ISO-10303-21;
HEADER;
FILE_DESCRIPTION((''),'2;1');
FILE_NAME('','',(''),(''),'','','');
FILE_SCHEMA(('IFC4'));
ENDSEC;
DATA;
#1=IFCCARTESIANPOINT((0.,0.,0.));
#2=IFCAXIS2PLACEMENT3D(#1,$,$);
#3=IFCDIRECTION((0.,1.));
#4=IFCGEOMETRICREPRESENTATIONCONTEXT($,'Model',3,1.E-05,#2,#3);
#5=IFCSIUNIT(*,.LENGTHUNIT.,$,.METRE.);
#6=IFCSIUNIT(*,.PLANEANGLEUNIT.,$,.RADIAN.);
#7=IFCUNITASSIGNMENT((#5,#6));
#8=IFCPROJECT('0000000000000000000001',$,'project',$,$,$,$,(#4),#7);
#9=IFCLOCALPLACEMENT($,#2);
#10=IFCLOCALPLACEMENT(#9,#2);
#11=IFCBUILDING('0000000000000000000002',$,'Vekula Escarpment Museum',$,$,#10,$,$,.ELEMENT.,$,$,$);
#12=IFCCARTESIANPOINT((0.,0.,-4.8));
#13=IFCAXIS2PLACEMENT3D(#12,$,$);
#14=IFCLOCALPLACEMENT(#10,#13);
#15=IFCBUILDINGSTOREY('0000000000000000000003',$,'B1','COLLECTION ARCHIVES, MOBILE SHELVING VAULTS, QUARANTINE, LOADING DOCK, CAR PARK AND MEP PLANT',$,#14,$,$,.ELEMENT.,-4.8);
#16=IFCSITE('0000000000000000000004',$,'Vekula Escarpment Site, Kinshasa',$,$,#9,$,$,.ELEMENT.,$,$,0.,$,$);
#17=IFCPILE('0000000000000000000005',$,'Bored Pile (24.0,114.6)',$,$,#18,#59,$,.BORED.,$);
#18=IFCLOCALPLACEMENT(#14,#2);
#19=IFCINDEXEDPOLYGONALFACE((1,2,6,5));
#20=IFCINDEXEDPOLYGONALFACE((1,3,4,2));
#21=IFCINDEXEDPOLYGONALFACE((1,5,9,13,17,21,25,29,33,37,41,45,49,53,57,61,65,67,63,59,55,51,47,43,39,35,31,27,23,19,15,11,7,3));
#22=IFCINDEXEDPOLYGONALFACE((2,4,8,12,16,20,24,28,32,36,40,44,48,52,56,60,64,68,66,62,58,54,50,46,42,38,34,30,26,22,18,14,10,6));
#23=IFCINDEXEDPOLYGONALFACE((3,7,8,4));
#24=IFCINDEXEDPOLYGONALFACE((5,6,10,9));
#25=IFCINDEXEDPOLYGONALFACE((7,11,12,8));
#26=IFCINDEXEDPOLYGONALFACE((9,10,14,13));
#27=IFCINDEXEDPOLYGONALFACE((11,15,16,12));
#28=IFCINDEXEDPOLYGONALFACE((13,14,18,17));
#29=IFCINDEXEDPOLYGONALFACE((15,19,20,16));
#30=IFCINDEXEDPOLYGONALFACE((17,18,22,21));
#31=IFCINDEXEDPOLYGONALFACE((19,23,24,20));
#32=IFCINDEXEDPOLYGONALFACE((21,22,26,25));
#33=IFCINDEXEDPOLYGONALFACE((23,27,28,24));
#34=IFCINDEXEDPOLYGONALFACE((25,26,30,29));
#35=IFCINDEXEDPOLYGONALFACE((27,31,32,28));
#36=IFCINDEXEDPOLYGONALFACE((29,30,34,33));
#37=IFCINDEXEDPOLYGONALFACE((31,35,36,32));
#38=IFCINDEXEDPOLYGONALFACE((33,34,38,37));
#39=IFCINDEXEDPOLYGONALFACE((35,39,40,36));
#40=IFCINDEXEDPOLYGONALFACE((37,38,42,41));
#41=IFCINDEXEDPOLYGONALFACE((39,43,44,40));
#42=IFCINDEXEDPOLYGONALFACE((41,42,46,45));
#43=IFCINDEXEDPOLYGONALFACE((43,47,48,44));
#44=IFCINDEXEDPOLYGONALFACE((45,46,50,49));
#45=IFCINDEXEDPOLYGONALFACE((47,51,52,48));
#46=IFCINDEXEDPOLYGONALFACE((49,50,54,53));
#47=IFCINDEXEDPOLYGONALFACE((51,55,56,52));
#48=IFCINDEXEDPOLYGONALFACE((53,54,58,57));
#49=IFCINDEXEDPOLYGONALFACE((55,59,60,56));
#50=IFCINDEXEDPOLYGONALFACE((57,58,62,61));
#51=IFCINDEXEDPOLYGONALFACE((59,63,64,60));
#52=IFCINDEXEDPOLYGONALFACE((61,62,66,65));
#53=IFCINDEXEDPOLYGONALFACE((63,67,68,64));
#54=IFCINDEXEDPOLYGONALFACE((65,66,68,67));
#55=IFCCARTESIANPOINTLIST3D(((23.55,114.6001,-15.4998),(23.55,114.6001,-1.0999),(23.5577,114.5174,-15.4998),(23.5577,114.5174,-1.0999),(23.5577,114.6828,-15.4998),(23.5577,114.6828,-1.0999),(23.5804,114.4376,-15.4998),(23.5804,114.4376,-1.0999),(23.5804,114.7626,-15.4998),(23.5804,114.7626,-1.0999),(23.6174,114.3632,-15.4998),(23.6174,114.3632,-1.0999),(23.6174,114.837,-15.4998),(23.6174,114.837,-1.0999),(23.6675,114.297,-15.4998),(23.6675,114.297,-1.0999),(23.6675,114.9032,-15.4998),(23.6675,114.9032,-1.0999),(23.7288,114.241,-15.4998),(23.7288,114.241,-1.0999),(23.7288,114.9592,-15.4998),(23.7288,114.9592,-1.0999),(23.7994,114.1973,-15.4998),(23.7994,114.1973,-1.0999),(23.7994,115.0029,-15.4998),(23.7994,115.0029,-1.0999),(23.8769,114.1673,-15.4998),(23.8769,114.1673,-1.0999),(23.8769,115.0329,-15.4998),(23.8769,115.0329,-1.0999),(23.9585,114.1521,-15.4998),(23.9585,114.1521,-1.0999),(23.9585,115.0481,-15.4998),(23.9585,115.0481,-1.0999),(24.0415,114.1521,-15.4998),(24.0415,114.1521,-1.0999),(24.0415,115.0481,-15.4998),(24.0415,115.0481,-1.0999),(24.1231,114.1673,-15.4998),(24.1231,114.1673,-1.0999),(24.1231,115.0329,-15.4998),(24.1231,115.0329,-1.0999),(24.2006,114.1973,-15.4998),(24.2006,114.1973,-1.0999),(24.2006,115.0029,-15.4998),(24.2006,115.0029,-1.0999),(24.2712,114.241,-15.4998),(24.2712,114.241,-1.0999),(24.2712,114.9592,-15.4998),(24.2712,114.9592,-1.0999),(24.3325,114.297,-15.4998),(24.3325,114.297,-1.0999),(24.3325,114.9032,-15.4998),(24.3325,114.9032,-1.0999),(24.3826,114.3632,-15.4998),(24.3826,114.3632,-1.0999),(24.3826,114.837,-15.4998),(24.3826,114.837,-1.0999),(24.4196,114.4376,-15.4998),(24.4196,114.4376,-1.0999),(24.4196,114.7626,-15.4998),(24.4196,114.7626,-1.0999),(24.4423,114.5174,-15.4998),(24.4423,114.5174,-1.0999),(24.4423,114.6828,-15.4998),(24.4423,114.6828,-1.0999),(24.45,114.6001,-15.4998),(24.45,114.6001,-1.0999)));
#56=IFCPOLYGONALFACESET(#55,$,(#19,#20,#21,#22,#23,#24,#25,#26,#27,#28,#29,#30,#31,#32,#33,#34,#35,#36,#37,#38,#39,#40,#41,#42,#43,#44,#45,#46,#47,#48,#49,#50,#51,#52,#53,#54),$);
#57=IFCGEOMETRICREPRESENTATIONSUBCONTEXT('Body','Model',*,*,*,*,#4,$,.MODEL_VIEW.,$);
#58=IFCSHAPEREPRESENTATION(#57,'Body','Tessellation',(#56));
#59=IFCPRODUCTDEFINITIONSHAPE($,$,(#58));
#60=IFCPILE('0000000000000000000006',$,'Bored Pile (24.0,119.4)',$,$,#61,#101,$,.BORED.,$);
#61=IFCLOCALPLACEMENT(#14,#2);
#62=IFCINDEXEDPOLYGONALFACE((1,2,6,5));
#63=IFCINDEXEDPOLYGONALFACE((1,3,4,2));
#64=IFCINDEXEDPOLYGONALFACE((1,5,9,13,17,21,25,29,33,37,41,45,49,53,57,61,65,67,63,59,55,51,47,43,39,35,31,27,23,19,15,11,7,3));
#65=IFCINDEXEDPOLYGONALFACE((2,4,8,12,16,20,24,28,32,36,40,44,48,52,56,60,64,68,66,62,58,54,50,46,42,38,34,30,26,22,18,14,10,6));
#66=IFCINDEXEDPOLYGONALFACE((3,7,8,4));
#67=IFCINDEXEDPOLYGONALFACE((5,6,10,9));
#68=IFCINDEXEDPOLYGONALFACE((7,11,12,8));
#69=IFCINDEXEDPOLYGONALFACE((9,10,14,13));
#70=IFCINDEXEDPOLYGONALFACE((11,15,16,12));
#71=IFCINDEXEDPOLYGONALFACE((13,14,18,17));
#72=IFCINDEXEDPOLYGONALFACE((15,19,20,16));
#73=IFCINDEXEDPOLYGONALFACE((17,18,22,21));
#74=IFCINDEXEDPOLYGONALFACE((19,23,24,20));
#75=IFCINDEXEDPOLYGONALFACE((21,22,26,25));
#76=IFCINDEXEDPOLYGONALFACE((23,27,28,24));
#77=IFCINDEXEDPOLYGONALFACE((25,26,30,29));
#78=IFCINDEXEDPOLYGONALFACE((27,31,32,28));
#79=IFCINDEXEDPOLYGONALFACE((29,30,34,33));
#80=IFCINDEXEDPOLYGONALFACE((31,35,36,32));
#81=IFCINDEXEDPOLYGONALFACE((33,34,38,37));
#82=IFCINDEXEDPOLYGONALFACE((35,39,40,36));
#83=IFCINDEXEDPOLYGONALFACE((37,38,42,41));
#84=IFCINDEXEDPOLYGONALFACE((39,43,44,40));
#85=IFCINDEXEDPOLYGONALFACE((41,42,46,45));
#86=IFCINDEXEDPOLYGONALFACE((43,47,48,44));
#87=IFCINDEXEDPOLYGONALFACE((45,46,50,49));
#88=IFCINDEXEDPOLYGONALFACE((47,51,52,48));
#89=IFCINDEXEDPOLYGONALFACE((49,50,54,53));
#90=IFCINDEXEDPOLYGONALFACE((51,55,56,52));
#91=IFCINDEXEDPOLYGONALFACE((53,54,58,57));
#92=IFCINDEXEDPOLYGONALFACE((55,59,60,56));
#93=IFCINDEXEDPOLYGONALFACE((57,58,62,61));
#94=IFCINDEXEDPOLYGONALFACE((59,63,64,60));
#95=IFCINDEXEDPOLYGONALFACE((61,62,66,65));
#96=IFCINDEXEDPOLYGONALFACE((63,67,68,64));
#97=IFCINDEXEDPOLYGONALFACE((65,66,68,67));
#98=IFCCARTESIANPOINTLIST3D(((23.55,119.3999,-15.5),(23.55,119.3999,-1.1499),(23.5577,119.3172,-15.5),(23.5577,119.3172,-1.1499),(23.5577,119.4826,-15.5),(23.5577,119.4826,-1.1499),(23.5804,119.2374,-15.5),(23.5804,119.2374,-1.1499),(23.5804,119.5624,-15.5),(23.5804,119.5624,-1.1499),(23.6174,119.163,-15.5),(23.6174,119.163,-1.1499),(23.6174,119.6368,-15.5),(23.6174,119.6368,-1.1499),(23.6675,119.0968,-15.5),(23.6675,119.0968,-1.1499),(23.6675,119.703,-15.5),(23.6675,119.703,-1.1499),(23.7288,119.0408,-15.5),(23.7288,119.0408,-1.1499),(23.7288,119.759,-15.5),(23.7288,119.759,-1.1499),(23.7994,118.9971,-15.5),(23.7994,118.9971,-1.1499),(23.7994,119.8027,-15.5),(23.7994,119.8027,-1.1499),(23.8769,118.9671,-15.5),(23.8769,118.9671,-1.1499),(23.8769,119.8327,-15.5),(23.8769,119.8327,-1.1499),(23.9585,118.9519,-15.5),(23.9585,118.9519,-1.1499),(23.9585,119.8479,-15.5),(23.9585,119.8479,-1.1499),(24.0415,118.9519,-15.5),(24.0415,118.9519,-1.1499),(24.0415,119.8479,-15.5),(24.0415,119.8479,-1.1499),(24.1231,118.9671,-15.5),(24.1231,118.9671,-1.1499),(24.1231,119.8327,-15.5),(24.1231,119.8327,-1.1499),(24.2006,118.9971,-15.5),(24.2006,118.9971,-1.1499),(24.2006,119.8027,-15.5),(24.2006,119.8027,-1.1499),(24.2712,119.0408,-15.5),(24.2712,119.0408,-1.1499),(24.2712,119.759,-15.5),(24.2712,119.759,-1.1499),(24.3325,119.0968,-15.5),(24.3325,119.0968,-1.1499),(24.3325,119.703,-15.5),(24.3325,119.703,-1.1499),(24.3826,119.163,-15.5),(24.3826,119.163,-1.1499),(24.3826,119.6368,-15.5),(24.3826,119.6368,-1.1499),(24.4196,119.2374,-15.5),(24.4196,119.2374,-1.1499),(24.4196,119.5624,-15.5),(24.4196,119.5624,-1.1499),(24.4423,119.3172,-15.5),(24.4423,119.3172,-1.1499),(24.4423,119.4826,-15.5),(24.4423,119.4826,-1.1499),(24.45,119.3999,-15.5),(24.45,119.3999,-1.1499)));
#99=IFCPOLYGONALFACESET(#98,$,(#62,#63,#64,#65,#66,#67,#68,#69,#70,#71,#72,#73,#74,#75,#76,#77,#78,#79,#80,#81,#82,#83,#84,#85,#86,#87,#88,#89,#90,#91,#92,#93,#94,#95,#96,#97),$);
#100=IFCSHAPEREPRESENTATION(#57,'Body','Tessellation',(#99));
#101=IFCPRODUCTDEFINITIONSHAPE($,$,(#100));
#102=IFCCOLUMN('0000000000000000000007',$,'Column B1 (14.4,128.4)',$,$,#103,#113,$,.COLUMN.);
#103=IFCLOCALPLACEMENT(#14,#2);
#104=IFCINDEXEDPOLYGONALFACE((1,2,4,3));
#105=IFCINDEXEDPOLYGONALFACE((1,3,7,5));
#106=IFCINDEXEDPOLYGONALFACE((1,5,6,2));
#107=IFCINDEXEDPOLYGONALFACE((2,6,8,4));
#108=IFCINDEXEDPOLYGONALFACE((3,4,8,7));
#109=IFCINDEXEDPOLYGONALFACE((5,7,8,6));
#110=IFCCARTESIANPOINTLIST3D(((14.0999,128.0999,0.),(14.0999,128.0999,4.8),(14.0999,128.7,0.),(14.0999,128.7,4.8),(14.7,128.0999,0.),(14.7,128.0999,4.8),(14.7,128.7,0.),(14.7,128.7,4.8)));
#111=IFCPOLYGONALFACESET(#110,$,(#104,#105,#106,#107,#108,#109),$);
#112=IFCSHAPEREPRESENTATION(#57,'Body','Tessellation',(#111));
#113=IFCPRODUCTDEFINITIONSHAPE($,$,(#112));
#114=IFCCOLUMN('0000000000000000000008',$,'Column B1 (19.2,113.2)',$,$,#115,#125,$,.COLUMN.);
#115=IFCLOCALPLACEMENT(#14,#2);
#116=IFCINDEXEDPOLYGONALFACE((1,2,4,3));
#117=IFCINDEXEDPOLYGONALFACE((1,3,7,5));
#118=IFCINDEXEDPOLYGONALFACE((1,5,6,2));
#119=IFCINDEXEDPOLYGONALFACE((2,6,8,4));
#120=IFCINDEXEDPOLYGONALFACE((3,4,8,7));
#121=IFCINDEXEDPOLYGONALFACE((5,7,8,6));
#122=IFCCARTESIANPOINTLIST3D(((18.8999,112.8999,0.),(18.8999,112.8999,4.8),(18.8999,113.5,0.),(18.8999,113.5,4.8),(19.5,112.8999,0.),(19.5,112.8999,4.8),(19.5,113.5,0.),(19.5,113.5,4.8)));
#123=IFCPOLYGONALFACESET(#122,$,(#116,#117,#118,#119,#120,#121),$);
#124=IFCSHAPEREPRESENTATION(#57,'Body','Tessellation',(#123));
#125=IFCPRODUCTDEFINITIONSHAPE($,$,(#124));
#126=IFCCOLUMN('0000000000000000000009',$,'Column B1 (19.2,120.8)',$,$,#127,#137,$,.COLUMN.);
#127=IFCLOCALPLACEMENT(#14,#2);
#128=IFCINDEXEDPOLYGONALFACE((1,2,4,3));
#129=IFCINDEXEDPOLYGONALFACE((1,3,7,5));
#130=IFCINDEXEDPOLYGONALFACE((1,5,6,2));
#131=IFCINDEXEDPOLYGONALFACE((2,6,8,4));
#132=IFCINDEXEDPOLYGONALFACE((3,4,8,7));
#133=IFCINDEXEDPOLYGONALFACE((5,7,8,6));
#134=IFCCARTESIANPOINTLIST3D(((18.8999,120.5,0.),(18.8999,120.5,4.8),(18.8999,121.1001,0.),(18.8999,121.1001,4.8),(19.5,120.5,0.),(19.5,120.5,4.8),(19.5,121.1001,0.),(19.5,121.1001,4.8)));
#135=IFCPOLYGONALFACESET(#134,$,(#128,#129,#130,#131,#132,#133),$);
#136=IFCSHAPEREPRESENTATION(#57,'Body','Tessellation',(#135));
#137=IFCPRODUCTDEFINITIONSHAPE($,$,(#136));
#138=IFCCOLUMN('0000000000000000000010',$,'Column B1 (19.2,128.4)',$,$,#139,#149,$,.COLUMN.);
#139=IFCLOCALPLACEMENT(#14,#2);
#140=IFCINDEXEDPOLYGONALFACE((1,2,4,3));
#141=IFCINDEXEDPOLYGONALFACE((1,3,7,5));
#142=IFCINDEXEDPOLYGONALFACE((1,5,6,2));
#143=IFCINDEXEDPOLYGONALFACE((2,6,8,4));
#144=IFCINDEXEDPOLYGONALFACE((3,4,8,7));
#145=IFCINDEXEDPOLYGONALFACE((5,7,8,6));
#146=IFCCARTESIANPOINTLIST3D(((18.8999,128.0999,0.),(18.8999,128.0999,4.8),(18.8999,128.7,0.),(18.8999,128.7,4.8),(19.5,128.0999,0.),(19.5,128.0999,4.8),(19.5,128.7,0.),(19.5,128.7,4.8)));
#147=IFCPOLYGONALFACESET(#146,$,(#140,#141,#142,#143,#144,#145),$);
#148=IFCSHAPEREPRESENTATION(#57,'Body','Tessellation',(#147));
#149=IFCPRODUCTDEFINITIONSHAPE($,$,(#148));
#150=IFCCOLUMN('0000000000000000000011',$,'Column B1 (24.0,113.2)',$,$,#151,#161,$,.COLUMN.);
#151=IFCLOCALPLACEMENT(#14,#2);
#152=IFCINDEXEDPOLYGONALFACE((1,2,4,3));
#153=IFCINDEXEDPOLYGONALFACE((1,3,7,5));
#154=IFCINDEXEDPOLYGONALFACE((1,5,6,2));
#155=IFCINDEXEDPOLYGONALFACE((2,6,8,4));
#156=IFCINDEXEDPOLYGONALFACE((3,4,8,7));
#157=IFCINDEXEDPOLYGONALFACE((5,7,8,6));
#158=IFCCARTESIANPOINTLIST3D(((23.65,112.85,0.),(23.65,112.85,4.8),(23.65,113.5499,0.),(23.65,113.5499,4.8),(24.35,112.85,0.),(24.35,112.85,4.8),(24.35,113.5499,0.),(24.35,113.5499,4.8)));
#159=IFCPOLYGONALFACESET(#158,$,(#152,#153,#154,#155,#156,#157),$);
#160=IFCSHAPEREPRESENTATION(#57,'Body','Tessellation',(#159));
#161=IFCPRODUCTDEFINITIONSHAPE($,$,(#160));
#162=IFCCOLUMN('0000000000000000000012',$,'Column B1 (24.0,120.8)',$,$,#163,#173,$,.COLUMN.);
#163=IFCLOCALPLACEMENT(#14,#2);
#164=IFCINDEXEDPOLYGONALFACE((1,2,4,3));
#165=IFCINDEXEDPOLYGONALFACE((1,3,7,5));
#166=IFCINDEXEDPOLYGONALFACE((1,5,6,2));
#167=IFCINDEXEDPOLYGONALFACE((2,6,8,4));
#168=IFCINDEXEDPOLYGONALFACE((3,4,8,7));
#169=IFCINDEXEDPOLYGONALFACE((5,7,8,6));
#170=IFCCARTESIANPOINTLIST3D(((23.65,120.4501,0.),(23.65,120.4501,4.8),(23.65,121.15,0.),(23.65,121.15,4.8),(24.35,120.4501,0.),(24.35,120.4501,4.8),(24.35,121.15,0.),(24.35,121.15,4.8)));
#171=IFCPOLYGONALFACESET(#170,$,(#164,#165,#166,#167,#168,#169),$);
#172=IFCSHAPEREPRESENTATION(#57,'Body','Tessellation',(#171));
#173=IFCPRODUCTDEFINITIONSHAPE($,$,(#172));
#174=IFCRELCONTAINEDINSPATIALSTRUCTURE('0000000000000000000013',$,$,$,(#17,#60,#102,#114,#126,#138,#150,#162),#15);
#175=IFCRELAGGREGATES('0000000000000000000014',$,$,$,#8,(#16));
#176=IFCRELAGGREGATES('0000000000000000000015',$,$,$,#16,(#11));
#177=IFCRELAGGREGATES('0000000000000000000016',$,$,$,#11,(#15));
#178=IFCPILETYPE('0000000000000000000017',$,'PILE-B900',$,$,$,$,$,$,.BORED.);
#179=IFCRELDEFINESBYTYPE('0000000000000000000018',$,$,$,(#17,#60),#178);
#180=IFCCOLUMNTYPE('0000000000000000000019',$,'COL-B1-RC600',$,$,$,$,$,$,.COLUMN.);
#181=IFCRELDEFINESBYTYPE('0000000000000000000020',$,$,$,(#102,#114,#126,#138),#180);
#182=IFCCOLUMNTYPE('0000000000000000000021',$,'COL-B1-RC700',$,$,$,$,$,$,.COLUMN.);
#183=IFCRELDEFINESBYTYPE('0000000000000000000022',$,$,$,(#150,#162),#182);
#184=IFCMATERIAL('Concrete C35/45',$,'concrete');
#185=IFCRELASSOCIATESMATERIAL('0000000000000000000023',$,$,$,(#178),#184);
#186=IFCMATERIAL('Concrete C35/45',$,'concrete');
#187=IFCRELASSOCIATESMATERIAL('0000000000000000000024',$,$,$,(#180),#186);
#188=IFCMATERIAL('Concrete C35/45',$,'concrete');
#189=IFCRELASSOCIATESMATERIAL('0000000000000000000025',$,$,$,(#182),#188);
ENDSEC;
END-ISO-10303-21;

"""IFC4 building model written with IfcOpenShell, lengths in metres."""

from ifc_helpers import new_model, si_unit, direction, frame, origin, origin_2d, place, context, subcontext, project, spatial, rectangle, circle, extrude, material, material_profile, profile_set, type_object, element, save


model = new_model("IFC4")

# Units and contexts
model_context = context("Model", 3, precision=1e-05, world=origin(), true_north=direction((0.0, 1.0)))
body_context = subcontext(model_context, "Body", "Model", "MODEL_VIEW")
ifc_project = project(units=[si_unit("LENGTHUNIT", "METRE"), si_unit("PLANEANGLEUNIT", "RADIAN")], contexts=[model_context])

# Site, building, storey
site_placement = place(None, origin())
site = spatial("IfcSite", under=ifc_project, at=site_placement, Name="Vekula Escarpment Site, Kinshasa", CompositionType="ELEMENT", RefElevation=0.0)
building_placement = place(site_placement, origin())
building = spatial("IfcBuilding", under=site, at=building_placement, Name="Vekula Escarpment Museum", CompositionType="ELEMENT")
storey_placement = place(building_placement, frame((0.0, 0.0, -4.8)))
storey = spatial("IfcBuildingStorey", under=building, at=storey_placement, Name="B1", Description="COLLECTION ARCHIVES, MOBILE SHELVING VAULTS, QUARANTINE, LOADING DOCK, CAR PARK AND MEP PLANT", CompositionType="ELEMENT", Elevation=-4.8)

# Piles
ifc_material_1 = material(Name="Concrete C35/45", Category="concrete")
ifc_material_profile_1 = material_profile(ifc_material_1, circle(Radius=0.45, at=origin_2d()), Name="BORED PILE 900")
ifc_profile_set_1 = profile_set([ifc_material_profile_1], Name="Concrete C35/45")
pile_type = type_object("IfcPileType", Name="PILE-B900", PredefinedType="BORED", material=ifc_profile_set_1)
pile_1_placement = place(storey_placement, frame((24.0, 114.6001, -1.0999), z_axis=(0.0, 0.0, -1.0), x_axis=(1.0, 0.0, 0.0)))
element("IfcPile", 1, at=pile_1_placement, inside=storey, type_object=pile_type, Name="Bored Pile (24.0,114.6)", PredefinedType="BORED", context=body_context, shape_type="SweptSolid", body=[
    extrude(circle(Radius=0.45, at=origin_2d()), origin(), (0.0, 0.0, 1.0), 14.3999),
])
pile_2_placement = place(storey_placement, frame((24.0, 119.3999, -1.1499), z_axis=(0.0, 0.0, -1.0), x_axis=(1.0, 0.0, 0.0)))
element("IfcPile", 2, at=pile_2_placement, inside=storey, type_object=pile_type, Name="Bored Pile (24.0,119.4)", PredefinedType="BORED", context=body_context, shape_type="SweptSolid", body=[
    extrude(circle(Radius=0.45, at=origin_2d()), origin(), (0.0, 0.0, 1.0), 14.3501),
])

# Columns
ifc_material_2 = material(Name="Concrete C35/45", Category="concrete")
ifc_material_profile_2 = material_profile(ifc_material_2, rectangle(XDim=0.6001, YDim=0.6001, at=origin_2d()), Name="RC 600x600")
ifc_profile_set_2 = profile_set([ifc_material_profile_2], Name="Concrete C35/45")
column_type_1 = type_object("IfcColumnType", Name="COL-B1-RC600", PredefinedType="COLUMN", material=ifc_profile_set_2)
for number, where, z_axis, x_axis, name in (
    (3, (14.3999, 128.3999, 0.0), (0.0, 0.0, 1.0), (1.0, 0.0, 0.0), "Column B1 (14.4,128.4)"),
    (4, (19.2, 113.2, 0.0), (0.0, 0.0, 1.0), (1.0, 0.0, 0.0), "Column B1 (19.2,113.2)"),
    (5, (19.2, 120.8, 0.0), (0.0, 0.0, 1.0), (1.0, 0.0, 0.0), "Column B1 (19.2,120.8)"),
    (6, (19.2, 128.3999, 0.0), (0.0, 0.0, 1.0), (1.0, 0.0, 0.0), "Column B1 (19.2,128.4)"),
):
    element("IfcColumn", number, at=place(storey_placement, frame(where, z_axis=z_axis, x_axis=x_axis)), inside=storey, type_object=column_type_1, Name=name, PredefinedType="COLUMN", context=body_context, shape_type="SweptSolid", body=[
        extrude(rectangle(XDim=0.6001, YDim=0.6001, at=origin_2d()), origin(), (0.0, 0.0, 1.0), 4.8),
    ])
ifc_material_3 = material(Name="Concrete C35/45", Category="concrete")
ifc_material_profile_3 = material_profile(ifc_material_3, rectangle(XDim=0.7, YDim=0.7, at=origin_2d()), Name="RC 700x700")
ifc_profile_set_3 = profile_set([ifc_material_profile_3], Name="Concrete C35/45")
column_type_2 = type_object("IfcColumnType", Name="COL-B1-RC700", PredefinedType="COLUMN", material=ifc_profile_set_3)
for number, where, z_axis, x_axis, name in (
    (7, (24.0, 113.2, 0.0), (0.0, 0.0, 1.0), (1.0, 0.0, 0.0), "Column B1 (24.0,113.2)"),
    (8, (24.0, 120.8, 0.0), (0.0, 0.0, 1.0), (1.0, 0.0, 0.0), "Column B1 (24.0,120.8)"),
):
    element("IfcColumn", number, at=place(storey_placement, frame(where, z_axis=z_axis, x_axis=x_axis)), inside=storey, type_object=column_type_2, Name=name, PredefinedType="COLUMN", context=body_context, shape_type="SweptSolid", body=[
        extrude(rectangle(XDim=0.7, YDim=0.7, at=origin_2d()), origin(), (0.0, 0.0, 1.0), 4.8),
    ])

save(model, "model.ifc")
